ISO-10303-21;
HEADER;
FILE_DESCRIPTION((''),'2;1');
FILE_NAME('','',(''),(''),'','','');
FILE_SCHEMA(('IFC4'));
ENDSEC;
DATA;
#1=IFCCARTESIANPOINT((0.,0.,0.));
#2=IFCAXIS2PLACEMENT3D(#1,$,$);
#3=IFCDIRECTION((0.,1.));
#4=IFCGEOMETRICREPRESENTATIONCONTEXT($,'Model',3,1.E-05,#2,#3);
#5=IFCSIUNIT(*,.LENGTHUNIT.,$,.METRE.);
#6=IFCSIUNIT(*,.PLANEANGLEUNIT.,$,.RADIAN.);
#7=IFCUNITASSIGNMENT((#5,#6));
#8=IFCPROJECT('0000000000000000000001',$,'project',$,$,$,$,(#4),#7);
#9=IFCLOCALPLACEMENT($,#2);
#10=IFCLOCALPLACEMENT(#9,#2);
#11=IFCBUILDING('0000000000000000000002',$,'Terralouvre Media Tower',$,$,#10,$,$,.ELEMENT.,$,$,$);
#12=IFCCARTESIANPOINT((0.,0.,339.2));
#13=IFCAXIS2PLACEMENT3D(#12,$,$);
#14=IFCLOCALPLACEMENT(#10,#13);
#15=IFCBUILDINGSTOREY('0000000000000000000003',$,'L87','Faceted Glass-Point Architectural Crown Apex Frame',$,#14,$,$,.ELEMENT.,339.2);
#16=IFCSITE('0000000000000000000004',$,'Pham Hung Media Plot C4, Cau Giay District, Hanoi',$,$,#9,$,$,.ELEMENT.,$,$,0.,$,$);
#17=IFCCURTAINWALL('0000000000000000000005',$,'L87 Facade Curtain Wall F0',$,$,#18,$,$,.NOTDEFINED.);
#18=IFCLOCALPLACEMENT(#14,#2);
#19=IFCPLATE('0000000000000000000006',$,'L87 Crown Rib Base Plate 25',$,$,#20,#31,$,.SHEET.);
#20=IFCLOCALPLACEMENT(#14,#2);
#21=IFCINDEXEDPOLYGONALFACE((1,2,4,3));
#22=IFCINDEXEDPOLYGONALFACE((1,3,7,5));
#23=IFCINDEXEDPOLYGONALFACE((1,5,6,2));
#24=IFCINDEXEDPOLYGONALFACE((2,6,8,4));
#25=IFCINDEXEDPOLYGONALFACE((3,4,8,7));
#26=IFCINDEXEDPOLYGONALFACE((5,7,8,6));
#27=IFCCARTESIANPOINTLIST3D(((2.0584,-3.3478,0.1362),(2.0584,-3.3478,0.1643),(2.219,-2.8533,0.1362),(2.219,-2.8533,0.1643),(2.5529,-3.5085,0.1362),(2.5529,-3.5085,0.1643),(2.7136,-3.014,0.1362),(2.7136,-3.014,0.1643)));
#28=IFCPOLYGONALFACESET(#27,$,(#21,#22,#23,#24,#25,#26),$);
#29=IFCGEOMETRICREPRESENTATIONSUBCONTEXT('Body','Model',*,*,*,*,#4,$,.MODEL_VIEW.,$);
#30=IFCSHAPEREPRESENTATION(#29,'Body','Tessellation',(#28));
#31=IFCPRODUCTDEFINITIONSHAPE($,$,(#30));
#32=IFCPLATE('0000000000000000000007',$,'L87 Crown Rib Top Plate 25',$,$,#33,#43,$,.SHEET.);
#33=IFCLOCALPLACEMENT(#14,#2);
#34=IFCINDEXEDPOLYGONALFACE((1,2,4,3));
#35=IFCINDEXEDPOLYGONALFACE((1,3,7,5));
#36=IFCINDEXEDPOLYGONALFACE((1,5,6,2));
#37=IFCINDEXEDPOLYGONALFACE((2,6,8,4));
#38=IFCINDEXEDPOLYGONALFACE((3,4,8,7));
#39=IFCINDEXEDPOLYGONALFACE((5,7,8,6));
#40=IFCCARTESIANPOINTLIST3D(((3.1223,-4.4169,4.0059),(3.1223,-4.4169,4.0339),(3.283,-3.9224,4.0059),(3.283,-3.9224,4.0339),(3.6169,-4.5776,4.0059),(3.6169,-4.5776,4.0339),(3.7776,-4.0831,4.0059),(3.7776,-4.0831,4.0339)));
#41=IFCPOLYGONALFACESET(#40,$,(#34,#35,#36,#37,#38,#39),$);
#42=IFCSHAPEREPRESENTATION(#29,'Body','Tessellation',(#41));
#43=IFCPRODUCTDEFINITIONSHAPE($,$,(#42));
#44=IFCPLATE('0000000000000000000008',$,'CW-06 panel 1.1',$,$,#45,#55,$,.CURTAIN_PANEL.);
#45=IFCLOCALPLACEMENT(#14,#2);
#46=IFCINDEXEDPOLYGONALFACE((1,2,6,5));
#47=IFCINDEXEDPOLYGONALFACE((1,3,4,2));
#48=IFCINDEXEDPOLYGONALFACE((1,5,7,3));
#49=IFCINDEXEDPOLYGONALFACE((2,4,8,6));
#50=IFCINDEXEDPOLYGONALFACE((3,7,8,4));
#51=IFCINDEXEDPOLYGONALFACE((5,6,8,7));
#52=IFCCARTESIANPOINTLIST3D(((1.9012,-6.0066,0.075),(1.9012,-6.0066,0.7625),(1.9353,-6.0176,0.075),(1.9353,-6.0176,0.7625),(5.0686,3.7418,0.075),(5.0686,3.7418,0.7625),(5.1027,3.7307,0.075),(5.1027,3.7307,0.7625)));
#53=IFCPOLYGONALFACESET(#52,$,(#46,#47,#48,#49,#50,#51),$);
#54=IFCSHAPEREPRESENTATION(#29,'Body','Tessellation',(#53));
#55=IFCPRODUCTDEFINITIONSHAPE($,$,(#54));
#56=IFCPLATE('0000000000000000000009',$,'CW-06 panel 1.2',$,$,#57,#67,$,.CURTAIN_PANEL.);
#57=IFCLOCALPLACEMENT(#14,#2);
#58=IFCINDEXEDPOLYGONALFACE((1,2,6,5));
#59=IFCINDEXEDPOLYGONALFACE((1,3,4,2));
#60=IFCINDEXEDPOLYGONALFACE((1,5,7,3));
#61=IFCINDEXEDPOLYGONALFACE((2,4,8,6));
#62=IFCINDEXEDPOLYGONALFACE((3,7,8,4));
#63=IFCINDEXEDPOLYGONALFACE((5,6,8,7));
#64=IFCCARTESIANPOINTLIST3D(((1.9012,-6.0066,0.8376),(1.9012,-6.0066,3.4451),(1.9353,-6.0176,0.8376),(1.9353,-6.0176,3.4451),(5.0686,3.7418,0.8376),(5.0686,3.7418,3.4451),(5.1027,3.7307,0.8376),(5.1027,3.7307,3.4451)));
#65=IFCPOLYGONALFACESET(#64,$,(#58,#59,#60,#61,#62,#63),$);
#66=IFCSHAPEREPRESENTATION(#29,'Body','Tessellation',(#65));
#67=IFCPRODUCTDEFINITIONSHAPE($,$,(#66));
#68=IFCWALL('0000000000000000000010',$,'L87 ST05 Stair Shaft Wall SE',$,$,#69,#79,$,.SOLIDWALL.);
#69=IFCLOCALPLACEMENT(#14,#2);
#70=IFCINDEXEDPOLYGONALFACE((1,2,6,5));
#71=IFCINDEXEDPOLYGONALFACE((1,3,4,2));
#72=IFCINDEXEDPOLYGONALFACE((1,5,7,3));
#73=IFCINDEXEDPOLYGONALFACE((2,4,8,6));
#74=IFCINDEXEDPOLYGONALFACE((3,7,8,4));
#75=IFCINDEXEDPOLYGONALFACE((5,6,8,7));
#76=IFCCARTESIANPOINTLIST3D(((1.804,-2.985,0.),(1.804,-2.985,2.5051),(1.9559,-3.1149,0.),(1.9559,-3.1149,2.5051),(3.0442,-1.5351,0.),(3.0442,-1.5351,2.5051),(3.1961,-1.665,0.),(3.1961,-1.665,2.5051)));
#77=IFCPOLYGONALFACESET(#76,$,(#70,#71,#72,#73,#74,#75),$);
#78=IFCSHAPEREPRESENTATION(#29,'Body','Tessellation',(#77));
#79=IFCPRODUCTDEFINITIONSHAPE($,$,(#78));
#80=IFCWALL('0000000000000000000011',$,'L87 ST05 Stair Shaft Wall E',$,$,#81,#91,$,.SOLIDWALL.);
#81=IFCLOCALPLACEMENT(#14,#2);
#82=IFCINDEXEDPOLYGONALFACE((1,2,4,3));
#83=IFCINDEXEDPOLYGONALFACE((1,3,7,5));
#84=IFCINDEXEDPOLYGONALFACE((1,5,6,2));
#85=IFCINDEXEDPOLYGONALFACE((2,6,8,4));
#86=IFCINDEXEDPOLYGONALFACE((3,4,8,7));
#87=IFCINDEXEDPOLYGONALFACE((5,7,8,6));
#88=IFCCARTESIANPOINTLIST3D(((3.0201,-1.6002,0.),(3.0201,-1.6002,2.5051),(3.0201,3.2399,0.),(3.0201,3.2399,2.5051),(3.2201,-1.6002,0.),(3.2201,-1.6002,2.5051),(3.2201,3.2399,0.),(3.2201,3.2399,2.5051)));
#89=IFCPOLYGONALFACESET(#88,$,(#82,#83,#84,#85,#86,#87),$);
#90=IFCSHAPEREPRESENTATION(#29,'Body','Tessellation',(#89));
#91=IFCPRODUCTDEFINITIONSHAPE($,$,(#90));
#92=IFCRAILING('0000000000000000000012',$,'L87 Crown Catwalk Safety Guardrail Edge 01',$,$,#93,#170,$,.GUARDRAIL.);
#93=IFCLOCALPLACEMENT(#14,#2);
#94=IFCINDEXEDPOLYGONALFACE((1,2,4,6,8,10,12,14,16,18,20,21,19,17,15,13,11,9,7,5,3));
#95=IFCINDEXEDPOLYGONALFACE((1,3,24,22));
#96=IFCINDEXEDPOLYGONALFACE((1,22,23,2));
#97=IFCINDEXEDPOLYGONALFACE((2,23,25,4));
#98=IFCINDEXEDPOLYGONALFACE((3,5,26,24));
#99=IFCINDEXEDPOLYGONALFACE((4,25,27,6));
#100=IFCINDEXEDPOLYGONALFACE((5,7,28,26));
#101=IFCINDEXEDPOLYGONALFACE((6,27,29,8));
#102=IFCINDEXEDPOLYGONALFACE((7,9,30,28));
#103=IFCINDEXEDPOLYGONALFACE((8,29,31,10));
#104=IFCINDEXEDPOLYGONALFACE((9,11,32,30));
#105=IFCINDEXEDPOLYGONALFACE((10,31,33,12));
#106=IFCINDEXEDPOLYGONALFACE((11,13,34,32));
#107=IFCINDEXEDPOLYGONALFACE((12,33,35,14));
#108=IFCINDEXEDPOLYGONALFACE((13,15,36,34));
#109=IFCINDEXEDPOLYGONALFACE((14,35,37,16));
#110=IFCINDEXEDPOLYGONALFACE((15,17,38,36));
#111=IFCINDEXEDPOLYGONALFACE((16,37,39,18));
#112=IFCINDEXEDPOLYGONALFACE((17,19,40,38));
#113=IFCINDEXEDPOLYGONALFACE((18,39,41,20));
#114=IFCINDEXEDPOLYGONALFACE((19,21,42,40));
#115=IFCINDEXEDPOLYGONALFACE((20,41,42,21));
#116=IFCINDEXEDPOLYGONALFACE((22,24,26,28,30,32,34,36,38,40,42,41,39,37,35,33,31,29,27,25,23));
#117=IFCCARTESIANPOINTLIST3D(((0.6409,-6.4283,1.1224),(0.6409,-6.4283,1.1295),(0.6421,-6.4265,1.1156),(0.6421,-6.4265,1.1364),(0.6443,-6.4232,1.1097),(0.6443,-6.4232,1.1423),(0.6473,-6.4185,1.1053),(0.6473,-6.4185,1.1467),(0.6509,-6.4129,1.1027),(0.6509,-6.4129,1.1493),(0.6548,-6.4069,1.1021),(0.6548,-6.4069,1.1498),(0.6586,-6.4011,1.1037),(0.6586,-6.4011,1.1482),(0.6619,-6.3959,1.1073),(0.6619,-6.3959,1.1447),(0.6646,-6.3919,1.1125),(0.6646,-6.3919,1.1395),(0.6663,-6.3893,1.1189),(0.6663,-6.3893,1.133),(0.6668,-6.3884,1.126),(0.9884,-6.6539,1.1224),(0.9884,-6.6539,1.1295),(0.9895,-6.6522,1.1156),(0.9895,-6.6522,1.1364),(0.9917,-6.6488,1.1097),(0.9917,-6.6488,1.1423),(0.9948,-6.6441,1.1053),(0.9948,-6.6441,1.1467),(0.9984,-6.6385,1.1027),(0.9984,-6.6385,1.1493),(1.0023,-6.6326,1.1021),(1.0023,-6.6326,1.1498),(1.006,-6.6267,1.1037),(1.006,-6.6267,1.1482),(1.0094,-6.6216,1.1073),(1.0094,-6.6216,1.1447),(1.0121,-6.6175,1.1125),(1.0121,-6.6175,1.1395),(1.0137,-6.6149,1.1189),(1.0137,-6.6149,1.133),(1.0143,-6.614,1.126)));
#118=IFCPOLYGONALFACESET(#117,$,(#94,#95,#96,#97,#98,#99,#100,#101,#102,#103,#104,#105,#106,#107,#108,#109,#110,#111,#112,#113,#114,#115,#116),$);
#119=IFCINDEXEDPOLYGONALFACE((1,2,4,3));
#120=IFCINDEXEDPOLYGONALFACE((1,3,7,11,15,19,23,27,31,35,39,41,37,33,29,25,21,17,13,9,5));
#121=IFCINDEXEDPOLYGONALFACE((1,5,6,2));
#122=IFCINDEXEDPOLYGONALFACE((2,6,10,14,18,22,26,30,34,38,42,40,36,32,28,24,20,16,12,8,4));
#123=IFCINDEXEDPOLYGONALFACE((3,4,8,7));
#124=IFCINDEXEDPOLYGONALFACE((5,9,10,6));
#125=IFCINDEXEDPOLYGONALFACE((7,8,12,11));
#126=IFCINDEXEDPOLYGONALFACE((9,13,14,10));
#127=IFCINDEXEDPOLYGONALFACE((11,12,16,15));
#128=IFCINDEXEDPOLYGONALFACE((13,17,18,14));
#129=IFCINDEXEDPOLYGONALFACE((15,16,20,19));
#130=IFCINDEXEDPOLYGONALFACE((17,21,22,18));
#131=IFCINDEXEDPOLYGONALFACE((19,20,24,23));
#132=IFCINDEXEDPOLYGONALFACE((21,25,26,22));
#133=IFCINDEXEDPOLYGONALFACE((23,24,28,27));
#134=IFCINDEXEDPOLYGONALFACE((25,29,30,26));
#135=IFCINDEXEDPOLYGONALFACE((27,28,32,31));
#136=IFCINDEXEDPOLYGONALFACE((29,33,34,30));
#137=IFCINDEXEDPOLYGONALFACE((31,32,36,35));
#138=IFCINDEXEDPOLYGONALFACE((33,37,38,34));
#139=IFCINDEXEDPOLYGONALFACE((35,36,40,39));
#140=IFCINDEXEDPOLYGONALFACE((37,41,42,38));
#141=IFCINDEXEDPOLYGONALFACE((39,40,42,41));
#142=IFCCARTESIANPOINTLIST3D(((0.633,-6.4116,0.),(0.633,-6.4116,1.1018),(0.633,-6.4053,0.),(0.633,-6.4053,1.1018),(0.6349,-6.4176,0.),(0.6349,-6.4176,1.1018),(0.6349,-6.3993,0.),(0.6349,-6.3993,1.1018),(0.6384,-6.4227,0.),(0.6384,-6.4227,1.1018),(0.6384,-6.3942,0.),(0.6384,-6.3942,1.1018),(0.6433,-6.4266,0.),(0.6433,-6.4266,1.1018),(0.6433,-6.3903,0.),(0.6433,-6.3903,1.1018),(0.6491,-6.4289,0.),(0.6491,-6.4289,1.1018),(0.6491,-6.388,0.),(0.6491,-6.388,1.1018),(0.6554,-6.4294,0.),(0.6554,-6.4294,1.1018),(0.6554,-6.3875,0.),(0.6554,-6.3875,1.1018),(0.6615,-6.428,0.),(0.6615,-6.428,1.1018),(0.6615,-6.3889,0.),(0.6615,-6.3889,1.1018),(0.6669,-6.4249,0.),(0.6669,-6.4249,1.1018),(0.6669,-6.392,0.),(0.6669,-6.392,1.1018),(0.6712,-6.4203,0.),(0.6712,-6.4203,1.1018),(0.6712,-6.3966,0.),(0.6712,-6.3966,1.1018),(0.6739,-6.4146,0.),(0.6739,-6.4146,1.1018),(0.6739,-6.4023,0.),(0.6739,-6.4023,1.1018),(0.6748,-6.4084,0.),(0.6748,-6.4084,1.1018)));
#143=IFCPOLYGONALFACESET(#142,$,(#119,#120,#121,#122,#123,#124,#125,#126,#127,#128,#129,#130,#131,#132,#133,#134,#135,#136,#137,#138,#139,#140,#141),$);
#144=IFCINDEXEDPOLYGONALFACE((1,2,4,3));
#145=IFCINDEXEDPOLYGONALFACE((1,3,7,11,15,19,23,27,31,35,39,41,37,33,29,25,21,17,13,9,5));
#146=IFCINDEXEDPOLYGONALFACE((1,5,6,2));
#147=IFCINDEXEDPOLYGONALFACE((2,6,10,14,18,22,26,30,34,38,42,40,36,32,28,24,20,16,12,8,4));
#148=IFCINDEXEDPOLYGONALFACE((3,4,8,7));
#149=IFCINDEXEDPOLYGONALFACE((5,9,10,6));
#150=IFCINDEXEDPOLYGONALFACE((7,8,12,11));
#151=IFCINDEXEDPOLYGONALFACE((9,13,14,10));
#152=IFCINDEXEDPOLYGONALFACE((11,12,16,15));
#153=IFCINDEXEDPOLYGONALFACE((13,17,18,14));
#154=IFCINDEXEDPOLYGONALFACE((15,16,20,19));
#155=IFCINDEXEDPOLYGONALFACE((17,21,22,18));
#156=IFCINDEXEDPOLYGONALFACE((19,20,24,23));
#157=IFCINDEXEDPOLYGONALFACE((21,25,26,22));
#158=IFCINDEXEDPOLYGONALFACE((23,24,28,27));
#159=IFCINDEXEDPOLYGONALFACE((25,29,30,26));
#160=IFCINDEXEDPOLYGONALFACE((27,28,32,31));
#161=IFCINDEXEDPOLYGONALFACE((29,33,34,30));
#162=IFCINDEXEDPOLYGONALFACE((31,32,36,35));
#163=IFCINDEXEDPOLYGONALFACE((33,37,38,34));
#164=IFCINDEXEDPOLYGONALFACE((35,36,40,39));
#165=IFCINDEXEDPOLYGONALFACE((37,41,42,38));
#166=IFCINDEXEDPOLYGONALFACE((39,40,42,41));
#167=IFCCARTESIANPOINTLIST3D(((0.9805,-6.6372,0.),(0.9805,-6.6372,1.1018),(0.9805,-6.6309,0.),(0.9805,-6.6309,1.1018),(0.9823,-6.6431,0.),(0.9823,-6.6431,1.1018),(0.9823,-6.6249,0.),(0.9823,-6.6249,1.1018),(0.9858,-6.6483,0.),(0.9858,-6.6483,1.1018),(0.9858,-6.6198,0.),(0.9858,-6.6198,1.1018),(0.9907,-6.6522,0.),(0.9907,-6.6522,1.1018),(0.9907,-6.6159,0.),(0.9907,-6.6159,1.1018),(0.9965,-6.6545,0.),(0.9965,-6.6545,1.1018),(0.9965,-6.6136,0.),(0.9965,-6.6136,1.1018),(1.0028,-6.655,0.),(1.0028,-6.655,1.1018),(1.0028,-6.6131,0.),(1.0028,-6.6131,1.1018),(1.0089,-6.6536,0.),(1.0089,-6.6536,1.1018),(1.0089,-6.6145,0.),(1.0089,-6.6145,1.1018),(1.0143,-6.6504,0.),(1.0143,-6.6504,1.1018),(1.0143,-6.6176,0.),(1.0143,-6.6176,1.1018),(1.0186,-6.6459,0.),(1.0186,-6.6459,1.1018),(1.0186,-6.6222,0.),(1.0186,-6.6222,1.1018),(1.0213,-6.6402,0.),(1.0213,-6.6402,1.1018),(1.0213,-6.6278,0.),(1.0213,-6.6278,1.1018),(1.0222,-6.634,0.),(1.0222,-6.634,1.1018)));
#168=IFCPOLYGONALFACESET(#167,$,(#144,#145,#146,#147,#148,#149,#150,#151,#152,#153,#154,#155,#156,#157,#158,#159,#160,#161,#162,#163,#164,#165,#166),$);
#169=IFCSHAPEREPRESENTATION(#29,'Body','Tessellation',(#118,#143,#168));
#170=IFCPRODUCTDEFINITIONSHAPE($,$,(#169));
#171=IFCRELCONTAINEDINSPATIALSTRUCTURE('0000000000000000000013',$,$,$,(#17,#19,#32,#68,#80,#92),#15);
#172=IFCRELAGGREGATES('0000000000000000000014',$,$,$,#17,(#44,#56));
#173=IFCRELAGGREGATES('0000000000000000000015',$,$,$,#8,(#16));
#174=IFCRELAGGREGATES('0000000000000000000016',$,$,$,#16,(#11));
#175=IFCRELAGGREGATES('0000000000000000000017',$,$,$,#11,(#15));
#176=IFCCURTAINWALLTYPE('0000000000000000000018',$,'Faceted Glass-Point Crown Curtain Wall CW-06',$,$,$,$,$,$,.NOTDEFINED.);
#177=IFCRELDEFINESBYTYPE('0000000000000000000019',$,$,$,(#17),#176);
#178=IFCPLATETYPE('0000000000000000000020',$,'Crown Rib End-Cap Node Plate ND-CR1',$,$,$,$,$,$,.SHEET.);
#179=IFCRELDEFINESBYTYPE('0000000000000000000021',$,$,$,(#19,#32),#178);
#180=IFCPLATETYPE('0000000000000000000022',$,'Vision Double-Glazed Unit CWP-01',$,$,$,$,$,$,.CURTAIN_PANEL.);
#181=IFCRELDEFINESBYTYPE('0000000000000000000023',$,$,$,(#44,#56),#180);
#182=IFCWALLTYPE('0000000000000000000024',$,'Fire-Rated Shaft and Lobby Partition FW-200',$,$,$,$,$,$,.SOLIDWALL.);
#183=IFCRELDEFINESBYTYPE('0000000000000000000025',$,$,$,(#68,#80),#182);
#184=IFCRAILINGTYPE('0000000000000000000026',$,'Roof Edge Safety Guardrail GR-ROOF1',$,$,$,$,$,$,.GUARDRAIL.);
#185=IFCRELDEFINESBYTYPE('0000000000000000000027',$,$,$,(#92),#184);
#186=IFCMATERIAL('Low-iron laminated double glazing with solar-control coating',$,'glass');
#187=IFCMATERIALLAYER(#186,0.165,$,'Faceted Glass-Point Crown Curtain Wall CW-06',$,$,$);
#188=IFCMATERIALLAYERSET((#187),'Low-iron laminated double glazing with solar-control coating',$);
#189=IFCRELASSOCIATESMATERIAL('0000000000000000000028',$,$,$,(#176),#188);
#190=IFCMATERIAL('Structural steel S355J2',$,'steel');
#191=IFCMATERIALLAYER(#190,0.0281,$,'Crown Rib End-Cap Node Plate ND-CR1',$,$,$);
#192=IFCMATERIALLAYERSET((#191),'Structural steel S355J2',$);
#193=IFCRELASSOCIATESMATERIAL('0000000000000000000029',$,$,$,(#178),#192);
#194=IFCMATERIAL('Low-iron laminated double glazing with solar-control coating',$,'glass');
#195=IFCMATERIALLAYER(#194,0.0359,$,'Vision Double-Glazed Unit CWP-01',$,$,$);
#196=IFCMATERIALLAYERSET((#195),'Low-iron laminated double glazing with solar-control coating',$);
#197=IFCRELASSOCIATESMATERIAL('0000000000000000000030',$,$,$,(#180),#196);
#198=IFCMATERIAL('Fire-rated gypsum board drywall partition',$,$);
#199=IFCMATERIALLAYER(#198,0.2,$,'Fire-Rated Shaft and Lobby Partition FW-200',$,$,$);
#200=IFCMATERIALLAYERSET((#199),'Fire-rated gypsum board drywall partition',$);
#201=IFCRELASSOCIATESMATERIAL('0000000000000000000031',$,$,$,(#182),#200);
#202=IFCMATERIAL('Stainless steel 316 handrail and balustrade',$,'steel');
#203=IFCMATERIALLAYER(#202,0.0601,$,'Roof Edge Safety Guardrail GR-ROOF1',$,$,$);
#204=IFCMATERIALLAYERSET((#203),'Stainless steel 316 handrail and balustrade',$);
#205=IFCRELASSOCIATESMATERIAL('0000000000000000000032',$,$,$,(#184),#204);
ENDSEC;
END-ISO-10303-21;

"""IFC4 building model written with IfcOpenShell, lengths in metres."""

from ifc_helpers import new_model, si_unit, direction, frame, frame_2d, origin, origin_2d, place, context, subcontext, project, spatial, rectangle, circle, extrude, material, layer, layer_set, type_object, element, aggregate, save


model = new_model("IFC4")

# Units and contexts
model_context = context("Model", 3, precision=1e-05, world=origin(), true_north=direction((0.0, 1.0)))
body_context = subcontext(model_context, "Body", "Model", "MODEL_VIEW")
ifc_project = project(units=[si_unit("LENGTHUNIT", "METRE"), si_unit("PLANEANGLEUNIT", "RADIAN")], contexts=[model_context])

# Site, building, storey
site_placement = place(None, origin())
site = spatial("IfcSite", under=ifc_project, at=site_placement, Name="Pham Hung Media Plot C4, Cau Giay District, Hanoi", CompositionType="ELEMENT", RefElevation=0.0)
building_placement = place(site_placement, origin())
building = spatial("IfcBuilding", under=site, at=building_placement, Name="Terralouvre Media Tower", CompositionType="ELEMENT")
storey_placement = place(building_placement, frame((0.0, 0.0, 339.2)))
storey = spatial("IfcBuildingStorey", under=building, at=storey_placement, Name="L87", Description="Faceted Glass-Point Architectural Crown Apex Frame", CompositionType="ELEMENT", Elevation=339.2)

# Curtain wall
ifc_material_1 = material(Name="Low-iron laminated double glazing with solar-control coating", Category="glass")
ifc_layer_1 = layer(ifc_material_1, 0.165, Name="Faceted Glass-Point Crown Curtain Wall CW-06")
ifc_layer_set_1 = layer_set([ifc_layer_1], Name="Low-iron laminated double glazing with solar-control coating")
curtain_wall_type = type_object("IfcCurtainWallType", Name="Faceted Glass-Point Crown Curtain Wall CW-06", PredefinedType="NOTDEFINED", material=ifc_layer_set_1)
curtain_wall_1_placement = place(storey_placement, origin())
curtain_wall_1 = element("IfcCurtainWall", 1, at=curtain_wall_1_placement, inside=storey, type_object=curtain_wall_type, Name="L87 Facade Curtain Wall F0", PredefinedType="NOTDEFINED")

# Plates
ifc_material_2 = material(Name="Structural steel S355J2", Category="steel")
ifc_layer_2 = layer(ifc_material_2, 0.0281, Name="Crown Rib End-Cap Node Plate ND-CR1")
ifc_layer_set_2 = layer_set([ifc_layer_2], Name="Structural steel S355J2")
plate_type_1 = type_object("IfcPlateType", Name="Crown Rib End-Cap Node Plate ND-CR1", PredefinedType="SHEET", material=ifc_layer_set_2)
for number, where, z_axis, x_axis, name in (
    (2, (2.386, -3.1809, 0.1362), (0.0, 0.0, 1.0), (0.309017, 0.951057, 0.0), "L87 Crown Rib Base Plate 25"),
    (3, (3.45, -4.25, 4.0059), (0.0, 0.0, 1.0), (0.309017, 0.951057, 0.0), "L87 Crown Rib Top Plate 25"),
):
    element("IfcPlate", number, at=place(storey_placement, frame(where, z_axis=z_axis, x_axis=x_axis)), inside=storey, type_object=plate_type_1, Name=name, PredefinedType="SHEET", context=body_context, shape_type="SweptSolid", body=[
        extrude(rectangle(XDim=0.52, YDim=0.52, at=origin_2d()), origin(), (0.0, 0.0, 1.0), 0.0281),
    ])

# Plates
ifc_material_3 = material(Name="Low-iron laminated double glazing with solar-control coating", Category="glass")
ifc_layer_3 = layer(ifc_material_3, 0.0359, Name="Vision Double-Glazed Unit CWP-01")
ifc_layer_set_3 = layer_set([ifc_layer_3], Name="Low-iron laminated double glazing with solar-control coating")
plate_type_2 = type_object("IfcPlateType", Name="Vision Double-Glazed Unit CWP-01", PredefinedType="CURTAIN_PANEL", material=ifc_layer_set_3)
plate_1_placement = place(storey_placement, frame((3.502, -1.1379, 0.075), z_axis=(0.0, 0.0, 1.0), x_axis=(0.309017, 0.951056, 0.0)))
plate_1 = element("IfcPlate", 4, at=plate_1_placement, type_object=plate_type_2, Name="CW-06 panel 1.1", PredefinedType="CURTAIN_PANEL", context=body_context, shape_type="SweptSolid", body=[
    extrude(rectangle(XDim=10.25, YDim=0.0359, at=origin_2d()), origin(), (0.0, 0.0, 1.0), 0.6875),
])
plate_2_placement = place(storey_placement, frame((3.502, -1.1379, 0.8376), z_axis=(0.0, 0.0, 1.0), x_axis=(0.309017, 0.951056, 0.0)))
plate_2 = element("IfcPlate", 5, at=plate_2_placement, type_object=plate_type_2, Name="CW-06 panel 1.2", PredefinedType="CURTAIN_PANEL", context=body_context, shape_type="SweptSolid", body=[
    extrude(rectangle(XDim=10.25, YDim=0.0359, at=origin_2d()), origin(), (0.0, 0.0, 1.0), 2.6074),
])
aggregate(curtain_wall_1, [plate_1, plate_2])

# Walls
ifc_material_4 = material(Name="Fire-rated gypsum board drywall partition")
ifc_layer_4 = layer(ifc_material_4, 0.2, Name="Fire-Rated Shaft and Lobby Partition FW-200")
ifc_layer_set_4 = layer_set([ifc_layer_4], Name="Fire-rated gypsum board drywall partition")
wall_type = type_object("IfcWallType", Name="Fire-Rated Shaft and Lobby Partition FW-200", PredefinedType="SOLIDWALL", material=ifc_layer_set_4)
wall_1_placement = place(storey_placement, frame((1.8799, -3.05, 0.0), z_axis=(0.0, 0.0, 1.0), x_axis=(0.650011, 0.759925, 0.0)))
element("IfcWall", 6, at=wall_1_placement, inside=storey, type_object=wall_type, Name="L87 ST05 Stair Shaft Wall SE", PredefinedType="SOLIDWALL", context=body_context, shape_type="SweptSolid", body=[
    extrude(rectangle(XDim=1.908, YDim=0.2, at=frame_2d((0.9541, 0.0))), origin(), (0.0, 0.0, 1.0), 2.5051),
])
wall_2_placement = place(storey_placement, frame((3.1201, -1.6001, 0.0), z_axis=(0.0, 0.0, 1.0), x_axis=(0.0, 1.0, 0.0)))
element("IfcWall", 7, at=wall_2_placement, inside=storey, type_object=wall_type, Name="L87 ST05 Stair Shaft Wall E", PredefinedType="SOLIDWALL", context=body_context, shape_type="SweptSolid", body=[
    extrude(rectangle(XDim=4.8401, YDim=0.2, at=frame_2d((2.4199, 0.0))), origin(), (0.0, 0.0, 1.0), 2.5051),
])

# Railing
ifc_material_5 = material(Name="Stainless steel 316 handrail and balustrade", Category="steel")
ifc_layer_5 = layer(ifc_material_5, 0.0601, Name="Roof Edge Safety Guardrail GR-ROOF1")
ifc_layer_set_5 = layer_set([ifc_layer_5], Name="Stainless steel 316 handrail and balustrade")
railing_type_1 = type_object("IfcRailingType", Name="Roof Edge Safety Guardrail GR-ROOF1", PredefinedType="GUARDRAIL", material=ifc_layer_set_5)
railing_1_placement = place(storey_placement, frame((0.6538, -6.4084, 0.0)))
element("IfcRailing", 8, at=railing_1_placement, inside=storey, type_object=railing_type_1, Name="L87 Crown Catwalk Safety Guardrail Edge 01", PredefinedType="GUARDRAIL", context=body_context, shape_type="SweptSolid", body=[
    extrude(circle(Radius=0.0239, at=origin_2d()), frame((0.0, 0.0, 1.126), z_axis=(0.838699, -0.544595, 0.0), x_axis=(0.544595, 0.838699, 0.0)), (0.0, 0.0, 1.0), 0.4143),
    extrude(circle(Radius=0.021, at=origin_2d()), origin(), (0.0, 0.0, 1.0), 1.1018),
    extrude(circle(Radius=0.021, at=origin_2d()), frame((0.3474, -0.2256, 0.0)), (0.0, 0.0, 1.0), 1.1018),
])

save(model, "model.ifc")
